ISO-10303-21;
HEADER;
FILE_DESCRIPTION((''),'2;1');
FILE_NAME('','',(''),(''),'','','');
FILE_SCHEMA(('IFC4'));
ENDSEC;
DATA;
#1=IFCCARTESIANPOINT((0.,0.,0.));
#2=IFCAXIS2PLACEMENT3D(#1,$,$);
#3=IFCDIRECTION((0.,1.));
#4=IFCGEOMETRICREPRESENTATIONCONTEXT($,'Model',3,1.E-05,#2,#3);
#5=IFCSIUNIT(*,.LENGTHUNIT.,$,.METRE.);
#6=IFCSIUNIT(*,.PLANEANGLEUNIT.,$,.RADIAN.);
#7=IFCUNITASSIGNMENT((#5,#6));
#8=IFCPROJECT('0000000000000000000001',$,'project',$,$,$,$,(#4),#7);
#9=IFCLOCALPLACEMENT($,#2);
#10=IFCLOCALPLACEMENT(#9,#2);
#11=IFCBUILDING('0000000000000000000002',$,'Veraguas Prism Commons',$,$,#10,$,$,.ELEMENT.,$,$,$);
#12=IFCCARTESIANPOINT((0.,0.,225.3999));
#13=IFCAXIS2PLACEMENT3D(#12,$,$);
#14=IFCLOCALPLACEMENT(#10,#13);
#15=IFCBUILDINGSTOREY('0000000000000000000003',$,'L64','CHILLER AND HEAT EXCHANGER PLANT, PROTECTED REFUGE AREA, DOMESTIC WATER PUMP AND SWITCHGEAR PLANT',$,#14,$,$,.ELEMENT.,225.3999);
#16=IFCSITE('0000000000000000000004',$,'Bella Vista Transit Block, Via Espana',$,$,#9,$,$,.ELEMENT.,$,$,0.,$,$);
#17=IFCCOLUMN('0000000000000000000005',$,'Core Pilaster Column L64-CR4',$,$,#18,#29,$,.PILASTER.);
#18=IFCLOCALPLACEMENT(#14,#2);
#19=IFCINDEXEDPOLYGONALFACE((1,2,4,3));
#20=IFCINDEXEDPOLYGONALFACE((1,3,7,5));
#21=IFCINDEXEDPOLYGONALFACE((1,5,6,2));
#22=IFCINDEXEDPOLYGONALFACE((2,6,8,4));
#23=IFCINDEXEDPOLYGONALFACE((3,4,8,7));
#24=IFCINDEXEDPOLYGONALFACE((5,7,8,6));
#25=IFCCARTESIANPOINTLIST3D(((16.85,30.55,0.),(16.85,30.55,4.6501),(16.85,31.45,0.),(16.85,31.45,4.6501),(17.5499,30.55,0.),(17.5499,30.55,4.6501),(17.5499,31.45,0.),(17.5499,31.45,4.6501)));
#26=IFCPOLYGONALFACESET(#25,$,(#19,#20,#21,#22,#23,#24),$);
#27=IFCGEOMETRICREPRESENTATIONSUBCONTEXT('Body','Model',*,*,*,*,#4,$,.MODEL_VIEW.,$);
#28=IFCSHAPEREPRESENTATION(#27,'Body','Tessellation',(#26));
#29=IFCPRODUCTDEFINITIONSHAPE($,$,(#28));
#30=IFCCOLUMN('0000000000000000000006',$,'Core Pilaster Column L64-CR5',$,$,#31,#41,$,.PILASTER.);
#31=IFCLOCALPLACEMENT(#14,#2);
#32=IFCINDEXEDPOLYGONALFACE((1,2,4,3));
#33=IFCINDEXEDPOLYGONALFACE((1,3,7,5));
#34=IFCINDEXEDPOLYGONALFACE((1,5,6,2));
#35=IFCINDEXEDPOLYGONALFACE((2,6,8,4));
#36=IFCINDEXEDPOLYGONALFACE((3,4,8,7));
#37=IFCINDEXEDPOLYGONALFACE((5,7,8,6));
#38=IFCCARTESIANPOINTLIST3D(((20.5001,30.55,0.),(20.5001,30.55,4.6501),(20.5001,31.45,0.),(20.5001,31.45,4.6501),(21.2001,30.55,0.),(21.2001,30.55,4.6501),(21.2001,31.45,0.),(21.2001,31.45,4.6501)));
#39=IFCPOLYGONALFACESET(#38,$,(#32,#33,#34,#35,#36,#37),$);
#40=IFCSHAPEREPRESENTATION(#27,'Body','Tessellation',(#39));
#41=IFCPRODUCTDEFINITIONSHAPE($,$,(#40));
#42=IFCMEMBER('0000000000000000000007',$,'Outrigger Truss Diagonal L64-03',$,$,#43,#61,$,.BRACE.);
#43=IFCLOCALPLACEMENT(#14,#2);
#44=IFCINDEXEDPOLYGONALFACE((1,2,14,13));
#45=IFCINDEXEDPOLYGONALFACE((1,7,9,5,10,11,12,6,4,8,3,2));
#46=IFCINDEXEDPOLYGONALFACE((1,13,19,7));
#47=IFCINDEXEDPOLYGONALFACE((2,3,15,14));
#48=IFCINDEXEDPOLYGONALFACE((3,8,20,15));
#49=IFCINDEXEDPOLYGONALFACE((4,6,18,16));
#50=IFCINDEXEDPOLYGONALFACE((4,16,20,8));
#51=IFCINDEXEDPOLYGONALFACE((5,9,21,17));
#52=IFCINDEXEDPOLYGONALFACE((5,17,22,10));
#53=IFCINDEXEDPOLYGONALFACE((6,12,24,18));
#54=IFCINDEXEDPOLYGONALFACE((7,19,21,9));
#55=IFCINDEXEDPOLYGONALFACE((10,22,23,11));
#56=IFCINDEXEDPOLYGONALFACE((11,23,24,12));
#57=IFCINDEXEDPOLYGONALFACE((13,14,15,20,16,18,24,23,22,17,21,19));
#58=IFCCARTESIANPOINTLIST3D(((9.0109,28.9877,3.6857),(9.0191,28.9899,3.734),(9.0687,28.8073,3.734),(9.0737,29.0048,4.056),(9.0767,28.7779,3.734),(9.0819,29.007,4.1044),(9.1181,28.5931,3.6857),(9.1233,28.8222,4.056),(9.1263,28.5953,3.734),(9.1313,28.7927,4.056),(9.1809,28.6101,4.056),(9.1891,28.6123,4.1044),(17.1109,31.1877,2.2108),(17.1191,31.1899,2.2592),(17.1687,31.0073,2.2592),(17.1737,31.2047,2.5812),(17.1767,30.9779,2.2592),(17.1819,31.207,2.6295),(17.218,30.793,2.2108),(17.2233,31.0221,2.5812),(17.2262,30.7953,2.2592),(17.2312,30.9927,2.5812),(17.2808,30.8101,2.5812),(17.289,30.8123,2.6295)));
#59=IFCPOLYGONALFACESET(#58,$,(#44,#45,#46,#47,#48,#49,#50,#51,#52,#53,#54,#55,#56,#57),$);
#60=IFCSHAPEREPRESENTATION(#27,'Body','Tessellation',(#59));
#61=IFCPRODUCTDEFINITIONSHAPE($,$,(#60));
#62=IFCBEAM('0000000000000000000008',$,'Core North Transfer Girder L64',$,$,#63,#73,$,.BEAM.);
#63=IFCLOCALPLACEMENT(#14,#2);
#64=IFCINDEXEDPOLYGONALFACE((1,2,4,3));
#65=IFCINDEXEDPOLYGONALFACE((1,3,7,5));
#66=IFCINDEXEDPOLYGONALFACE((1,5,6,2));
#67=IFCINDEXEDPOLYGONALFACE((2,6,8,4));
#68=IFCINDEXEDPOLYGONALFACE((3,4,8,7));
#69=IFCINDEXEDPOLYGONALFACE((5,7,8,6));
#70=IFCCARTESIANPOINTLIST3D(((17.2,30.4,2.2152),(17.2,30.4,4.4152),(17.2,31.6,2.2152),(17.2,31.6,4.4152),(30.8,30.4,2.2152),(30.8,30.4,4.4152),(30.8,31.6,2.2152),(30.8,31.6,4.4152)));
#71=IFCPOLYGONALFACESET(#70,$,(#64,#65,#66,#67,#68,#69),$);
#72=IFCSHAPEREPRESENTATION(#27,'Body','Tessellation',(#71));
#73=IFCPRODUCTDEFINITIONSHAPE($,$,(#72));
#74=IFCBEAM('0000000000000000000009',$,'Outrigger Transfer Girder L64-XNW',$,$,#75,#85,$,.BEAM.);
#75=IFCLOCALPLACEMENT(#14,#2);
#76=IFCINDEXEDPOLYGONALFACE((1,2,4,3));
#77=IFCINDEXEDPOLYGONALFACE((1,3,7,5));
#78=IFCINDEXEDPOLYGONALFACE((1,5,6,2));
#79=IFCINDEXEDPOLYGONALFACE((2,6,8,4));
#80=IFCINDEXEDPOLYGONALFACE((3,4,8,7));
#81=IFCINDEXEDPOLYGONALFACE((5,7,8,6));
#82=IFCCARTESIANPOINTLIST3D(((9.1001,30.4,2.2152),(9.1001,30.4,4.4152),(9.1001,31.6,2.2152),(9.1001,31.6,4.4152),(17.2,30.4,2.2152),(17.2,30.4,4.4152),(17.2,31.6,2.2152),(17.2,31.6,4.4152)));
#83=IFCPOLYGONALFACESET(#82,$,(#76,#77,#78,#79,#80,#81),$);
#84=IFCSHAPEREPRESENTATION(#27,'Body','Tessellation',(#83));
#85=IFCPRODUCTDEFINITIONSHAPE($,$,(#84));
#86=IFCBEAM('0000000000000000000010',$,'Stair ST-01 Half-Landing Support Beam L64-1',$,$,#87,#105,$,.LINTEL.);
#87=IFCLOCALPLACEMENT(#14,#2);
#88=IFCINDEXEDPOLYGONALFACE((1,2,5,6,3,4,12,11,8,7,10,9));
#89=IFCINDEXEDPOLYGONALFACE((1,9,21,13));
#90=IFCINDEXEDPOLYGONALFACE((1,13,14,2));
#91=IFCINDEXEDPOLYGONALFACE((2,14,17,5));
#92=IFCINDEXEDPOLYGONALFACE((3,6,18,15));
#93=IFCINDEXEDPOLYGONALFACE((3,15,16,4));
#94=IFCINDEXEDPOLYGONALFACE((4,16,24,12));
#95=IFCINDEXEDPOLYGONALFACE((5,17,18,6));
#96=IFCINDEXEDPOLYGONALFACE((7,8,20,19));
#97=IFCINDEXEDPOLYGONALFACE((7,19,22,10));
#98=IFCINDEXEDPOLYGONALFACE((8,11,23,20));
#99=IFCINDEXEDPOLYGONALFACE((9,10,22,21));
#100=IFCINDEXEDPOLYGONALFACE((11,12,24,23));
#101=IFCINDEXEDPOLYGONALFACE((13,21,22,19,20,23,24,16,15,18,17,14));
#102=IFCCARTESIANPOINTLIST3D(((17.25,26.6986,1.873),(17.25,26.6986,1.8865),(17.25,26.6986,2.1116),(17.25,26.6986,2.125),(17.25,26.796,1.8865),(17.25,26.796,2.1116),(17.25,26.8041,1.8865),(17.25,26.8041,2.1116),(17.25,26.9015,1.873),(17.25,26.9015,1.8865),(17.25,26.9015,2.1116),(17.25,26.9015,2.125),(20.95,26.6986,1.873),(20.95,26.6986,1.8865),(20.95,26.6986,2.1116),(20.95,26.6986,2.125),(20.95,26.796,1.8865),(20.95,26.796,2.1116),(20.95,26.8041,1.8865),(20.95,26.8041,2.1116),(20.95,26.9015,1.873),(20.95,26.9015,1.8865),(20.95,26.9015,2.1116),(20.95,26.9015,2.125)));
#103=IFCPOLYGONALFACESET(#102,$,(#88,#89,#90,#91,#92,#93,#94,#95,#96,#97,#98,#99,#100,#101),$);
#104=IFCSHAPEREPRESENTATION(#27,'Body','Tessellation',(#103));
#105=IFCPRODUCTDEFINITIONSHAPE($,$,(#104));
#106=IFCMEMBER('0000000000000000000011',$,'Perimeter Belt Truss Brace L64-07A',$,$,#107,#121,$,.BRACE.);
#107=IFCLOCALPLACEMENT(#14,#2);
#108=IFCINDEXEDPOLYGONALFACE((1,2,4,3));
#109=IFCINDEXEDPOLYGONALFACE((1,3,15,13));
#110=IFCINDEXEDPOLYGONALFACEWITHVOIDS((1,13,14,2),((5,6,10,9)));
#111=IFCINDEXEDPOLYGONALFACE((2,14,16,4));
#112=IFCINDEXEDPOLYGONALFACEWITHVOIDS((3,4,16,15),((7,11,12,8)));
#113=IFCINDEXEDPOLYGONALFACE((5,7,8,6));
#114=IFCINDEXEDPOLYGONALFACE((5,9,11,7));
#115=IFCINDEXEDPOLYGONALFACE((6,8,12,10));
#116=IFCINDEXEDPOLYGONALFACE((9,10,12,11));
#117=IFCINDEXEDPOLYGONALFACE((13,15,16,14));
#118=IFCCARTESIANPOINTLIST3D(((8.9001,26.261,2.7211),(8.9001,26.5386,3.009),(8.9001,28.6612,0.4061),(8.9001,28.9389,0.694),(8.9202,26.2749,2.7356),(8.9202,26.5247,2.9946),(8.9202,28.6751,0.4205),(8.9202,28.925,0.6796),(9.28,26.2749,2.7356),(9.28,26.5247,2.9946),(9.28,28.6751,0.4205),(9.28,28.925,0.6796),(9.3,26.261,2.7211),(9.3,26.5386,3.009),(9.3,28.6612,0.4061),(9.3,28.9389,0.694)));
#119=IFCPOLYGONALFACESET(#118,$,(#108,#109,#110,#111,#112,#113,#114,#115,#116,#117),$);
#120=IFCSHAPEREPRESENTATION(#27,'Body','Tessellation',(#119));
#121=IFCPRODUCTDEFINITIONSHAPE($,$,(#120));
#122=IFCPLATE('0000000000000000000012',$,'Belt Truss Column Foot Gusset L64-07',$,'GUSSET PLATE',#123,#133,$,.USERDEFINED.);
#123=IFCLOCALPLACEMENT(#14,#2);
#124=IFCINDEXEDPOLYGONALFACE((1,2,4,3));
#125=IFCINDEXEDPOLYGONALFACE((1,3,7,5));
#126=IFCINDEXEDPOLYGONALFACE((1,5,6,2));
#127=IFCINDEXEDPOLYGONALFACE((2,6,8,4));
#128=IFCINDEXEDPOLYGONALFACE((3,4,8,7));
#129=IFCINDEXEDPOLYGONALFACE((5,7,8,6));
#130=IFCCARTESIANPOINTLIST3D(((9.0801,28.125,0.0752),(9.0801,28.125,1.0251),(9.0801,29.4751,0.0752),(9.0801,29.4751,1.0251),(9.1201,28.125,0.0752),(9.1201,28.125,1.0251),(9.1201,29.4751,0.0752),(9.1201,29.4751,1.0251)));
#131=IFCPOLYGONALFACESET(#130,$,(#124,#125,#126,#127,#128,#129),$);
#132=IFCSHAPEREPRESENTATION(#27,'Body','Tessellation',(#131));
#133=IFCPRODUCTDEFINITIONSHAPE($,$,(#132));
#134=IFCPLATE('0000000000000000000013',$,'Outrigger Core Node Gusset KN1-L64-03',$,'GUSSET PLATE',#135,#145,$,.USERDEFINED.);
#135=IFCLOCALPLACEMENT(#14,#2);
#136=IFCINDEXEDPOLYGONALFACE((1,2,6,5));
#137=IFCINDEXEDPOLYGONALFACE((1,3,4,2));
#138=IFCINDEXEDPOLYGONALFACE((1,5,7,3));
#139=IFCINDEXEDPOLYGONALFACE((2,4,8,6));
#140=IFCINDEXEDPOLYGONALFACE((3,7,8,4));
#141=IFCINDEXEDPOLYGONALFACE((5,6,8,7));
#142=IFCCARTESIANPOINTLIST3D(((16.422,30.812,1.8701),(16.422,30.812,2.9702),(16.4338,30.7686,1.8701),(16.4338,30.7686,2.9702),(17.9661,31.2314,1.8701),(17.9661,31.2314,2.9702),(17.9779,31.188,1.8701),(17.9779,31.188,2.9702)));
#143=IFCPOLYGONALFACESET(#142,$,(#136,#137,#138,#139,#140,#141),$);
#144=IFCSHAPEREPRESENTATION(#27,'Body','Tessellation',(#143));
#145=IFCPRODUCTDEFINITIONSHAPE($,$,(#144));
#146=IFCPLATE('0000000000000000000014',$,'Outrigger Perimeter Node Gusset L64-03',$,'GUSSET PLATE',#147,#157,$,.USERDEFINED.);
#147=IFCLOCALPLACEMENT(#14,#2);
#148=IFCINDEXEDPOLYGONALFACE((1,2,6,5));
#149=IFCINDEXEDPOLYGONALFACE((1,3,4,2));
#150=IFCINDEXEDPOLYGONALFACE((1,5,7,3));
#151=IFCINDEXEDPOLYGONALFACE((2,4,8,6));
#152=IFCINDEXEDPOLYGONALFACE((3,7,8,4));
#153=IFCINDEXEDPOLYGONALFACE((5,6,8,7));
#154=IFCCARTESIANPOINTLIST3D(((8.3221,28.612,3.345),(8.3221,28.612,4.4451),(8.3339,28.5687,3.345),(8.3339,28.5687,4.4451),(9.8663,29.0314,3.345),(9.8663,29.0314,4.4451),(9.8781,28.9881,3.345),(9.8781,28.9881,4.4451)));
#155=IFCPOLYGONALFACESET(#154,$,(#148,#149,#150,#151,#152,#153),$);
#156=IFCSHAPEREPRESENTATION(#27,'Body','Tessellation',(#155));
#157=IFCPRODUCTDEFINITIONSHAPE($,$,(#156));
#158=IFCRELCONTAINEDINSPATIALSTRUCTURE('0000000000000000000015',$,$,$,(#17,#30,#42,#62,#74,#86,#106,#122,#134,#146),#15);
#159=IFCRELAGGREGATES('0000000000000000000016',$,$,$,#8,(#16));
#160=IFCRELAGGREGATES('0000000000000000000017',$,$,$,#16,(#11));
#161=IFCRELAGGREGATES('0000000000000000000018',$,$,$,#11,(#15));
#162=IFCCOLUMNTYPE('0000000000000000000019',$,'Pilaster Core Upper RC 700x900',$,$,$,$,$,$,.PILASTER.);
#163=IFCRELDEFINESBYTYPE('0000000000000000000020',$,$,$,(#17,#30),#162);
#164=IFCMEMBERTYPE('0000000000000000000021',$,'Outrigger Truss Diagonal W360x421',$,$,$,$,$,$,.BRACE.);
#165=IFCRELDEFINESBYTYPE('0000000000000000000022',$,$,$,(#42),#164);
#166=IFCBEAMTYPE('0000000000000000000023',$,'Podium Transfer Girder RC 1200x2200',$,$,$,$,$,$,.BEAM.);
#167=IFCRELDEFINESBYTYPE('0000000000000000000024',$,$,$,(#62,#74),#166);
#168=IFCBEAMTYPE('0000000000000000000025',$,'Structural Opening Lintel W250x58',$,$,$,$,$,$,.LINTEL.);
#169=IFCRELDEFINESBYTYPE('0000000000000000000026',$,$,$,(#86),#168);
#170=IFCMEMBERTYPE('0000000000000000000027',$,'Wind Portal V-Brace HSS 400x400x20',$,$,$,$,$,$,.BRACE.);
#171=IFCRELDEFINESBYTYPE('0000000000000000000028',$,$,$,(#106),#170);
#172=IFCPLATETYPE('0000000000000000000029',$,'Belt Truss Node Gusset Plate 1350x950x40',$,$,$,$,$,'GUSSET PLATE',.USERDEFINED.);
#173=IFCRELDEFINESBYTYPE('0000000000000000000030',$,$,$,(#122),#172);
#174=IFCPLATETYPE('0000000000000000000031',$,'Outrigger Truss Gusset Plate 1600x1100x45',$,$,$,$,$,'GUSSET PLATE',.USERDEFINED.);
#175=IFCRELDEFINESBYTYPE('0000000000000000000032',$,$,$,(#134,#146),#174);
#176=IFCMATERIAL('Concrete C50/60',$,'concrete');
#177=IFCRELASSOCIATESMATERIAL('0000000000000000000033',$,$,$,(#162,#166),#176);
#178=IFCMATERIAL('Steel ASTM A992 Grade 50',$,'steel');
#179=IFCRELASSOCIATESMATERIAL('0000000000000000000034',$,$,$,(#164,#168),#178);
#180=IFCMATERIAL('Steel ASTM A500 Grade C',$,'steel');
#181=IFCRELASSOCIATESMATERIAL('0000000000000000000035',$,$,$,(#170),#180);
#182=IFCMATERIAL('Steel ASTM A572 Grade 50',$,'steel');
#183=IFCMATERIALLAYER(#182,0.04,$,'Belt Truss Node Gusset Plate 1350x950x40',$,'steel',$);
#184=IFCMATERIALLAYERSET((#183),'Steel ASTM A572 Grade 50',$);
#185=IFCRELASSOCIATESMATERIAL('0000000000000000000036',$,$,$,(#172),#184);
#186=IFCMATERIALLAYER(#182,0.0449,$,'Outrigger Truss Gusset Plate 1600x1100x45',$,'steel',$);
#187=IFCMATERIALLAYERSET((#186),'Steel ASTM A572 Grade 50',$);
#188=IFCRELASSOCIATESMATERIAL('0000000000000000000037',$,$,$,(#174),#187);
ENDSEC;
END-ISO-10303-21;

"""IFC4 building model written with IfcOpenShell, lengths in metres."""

from ifc_helpers import new_model, si_unit, direction, frame, origin, origin_2d, place, context, subcontext, project, spatial, rectangle, hollow_rectangle, i_section, extrude, source, transform, mapped, material, layer, layer_set, material_profile, profile_set, type_object, element, save


model = new_model("IFC4")

# Units and contexts
model_context = context("Model", 3, precision=1e-05, world=origin(), true_north=direction((0.0, 1.0)))
body_context = subcontext(model_context, "Body", "Model", "MODEL_VIEW")
ifc_project = project(units=[si_unit("LENGTHUNIT", "METRE"), si_unit("PLANEANGLEUNIT", "RADIAN")], contexts=[model_context])

# Site, building, storey
site_placement = place(None, origin())
site = spatial("IfcSite", under=ifc_project, at=site_placement, Name="Bella Vista Transit Block, Via Espana", CompositionType="ELEMENT", RefElevation=0.0)
building_placement = place(site_placement, origin())
building = spatial("IfcBuilding", under=site, at=building_placement, Name="Veraguas Prism Commons", CompositionType="ELEMENT")
storey_placement = place(building_placement, frame((0.0, 0.0, 225.3999)))
storey = spatial("IfcBuildingStorey", under=building, at=storey_placement, Name="L64", Description="CHILLER AND HEAT EXCHANGER PLANT, PROTECTED REFUGE AREA, DOMESTIC WATER PUMP AND SWITCHGEAR PLANT", CompositionType="ELEMENT", Elevation=225.3999)

# Columns
ifc_material_1 = material(Name="Concrete C50/60", Category="concrete")
ifc_material_profile_1 = material_profile(ifc_material_1, rectangle(XDim=0.7, YDim=0.8999, at=origin_2d()), Name="RC700X900")
ifc_profile_set_1 = profile_set([ifc_material_profile_1], Name="Concrete C50/60")
column_type = type_object("IfcColumnType", Name="Pilaster Core Upper RC 700x900", PredefinedType="PILASTER", material=ifc_profile_set_1)
for number, where, z_axis, x_axis, name in (
    (1, (17.2, 31.0, 0.0), (0.0, 0.0, 1.0), (1.0, 0.0, 0.0), "Core Pilaster Column L64-CR4"),
    (2, (20.8501, 31.0, 0.0), (0.0, 0.0, 1.0), (1.0, 0.0, 0.0), "Core Pilaster Column L64-CR5"),
):
    element("IfcColumn", number, at=place(storey_placement, frame(where, z_axis=z_axis, x_axis=x_axis)), inside=storey, type_object=column_type, Name=name, PredefinedType="PILASTER", context=body_context, shape_type="SweptSolid", body=[
        extrude(rectangle(XDim=0.7, YDim=0.8999, at=origin_2d()), origin(), (0.0, 0.0, 1.0), 4.6501),
    ])

# Member
ifc_material_2 = material(Name="Steel ASTM A992 Grade 50", Category="steel")
ifc_material_profile_2 = material_profile(ifc_material_2, i_section(OverallWidth=0.4089, OverallDepth=0.425, WebThickness=0.0305, FlangeThickness=0.0491, at=origin_2d()), Name="W360X421")
ifc_profile_set_2 = profile_set([ifc_material_profile_2], Name="Steel ASTM A992 Grade 50")
member_type_1 = type_object("IfcMemberType", Name="Outrigger Truss Diagonal W360x421", PredefinedType="BRACE", material=ifc_profile_set_2)
member_1_placement = place(storey_placement, frame((17.2, 31.0, 2.4202), z_axis=(-0.950476, -0.258153, 0.173066), x_axis=(0.262108, -0.965039, 0.0)))
element("IfcMember", 3, at=member_1_placement, inside=storey, type_object=member_type_1, Name="Outrigger Truss Diagonal L64-03", PredefinedType="BRACE", context=body_context, shape_type="SweptSolid", body=[
    extrude(i_section(OverallWidth=0.4089, OverallDepth=0.425, WebThickness=0.0305, FlangeThickness=0.0491, at=origin_2d()), origin(), (0.0, 0.0, 1.0), 8.522),
])

# Beams
ifc_material_profile_3 = material_profile(ifc_material_1, rectangle(XDim=1.2, YDim=2.2, at=origin_2d()), Name="RC1200X2200")
ifc_profile_set_3 = profile_set([ifc_material_profile_3], Name="Concrete C50/60")
beam_type_1 = type_object("IfcBeamType", Name="Podium Transfer Girder RC 1200x2200", PredefinedType="BEAM", material=ifc_profile_set_3)
beam_1_placement = place(storey_placement, frame((17.2, 31.0, 3.3152), z_axis=(1.0, 0.0, 0.0), x_axis=(0.0, 1.0, 0.0)))
element("IfcBeam", 4, at=beam_1_placement, inside=storey, type_object=beam_type_1, Name="Core North Transfer Girder L64", PredefinedType="BEAM", context=body_context, shape_type="SweptSolid", body=[
    extrude(rectangle(XDim=1.2, YDim=2.2, at=origin_2d()), origin(), (0.0, 0.0, 1.0), 13.6001),
])
beam_2_placement = place(storey_placement, frame((9.1001, 31.0, 3.3152), z_axis=(1.0, 0.0, 0.0), x_axis=(0.0, 1.0, 0.0)))
element("IfcBeam", 5, at=beam_2_placement, inside=storey, type_object=beam_type_1, Name="Outrigger Transfer Girder L64-XNW", PredefinedType="BEAM", context=body_context, shape_type="SweptSolid", body=[
    extrude(rectangle(XDim=1.2, YDim=2.2, at=origin_2d()), origin(), (0.0, 0.0, 1.0), 8.0999),
])
ifc_material_profile_4 = material_profile(ifc_material_2, i_section(OverallWidth=0.2029, OverallDepth=0.252, WebThickness=0.0081, FlangeThickness=0.0134, at=origin_2d()), Name="W250X58")
ifc_profile_set_4 = profile_set([ifc_material_profile_4], Name="Steel ASTM A992 Grade 50")
beam_type_2 = type_object("IfcBeamType", Name="Structural Opening Lintel W250x58", PredefinedType="LINTEL", material=ifc_profile_set_4)
beam_3_placement = place(storey_placement, frame((17.25, 26.8, 1.999), z_axis=(1.0, 0.0, 0.0), x_axis=(0.0, 1.0, 0.0)))
element("IfcBeam", 6, at=beam_3_placement, inside=storey, type_object=beam_type_2, Name="Stair ST-01 Half-Landing Support Beam L64-1", PredefinedType="LINTEL", context=body_context, shape_type="SweptSolid", body=[
    extrude(i_section(OverallWidth=0.2029, OverallDepth=0.252, WebThickness=0.0081, FlangeThickness=0.0134, at=origin_2d()), origin(), (0.0, 0.0, 1.0), 3.7),
])

# Member
ifc_material_3 = material(Name="Steel ASTM A500 Grade C", Category="steel")
ifc_material_profile_5 = material_profile(ifc_material_3, hollow_rectangle(XDim=0.3999, YDim=0.3999, WallThickness=0.02, at=origin_2d()), Name="HSS400X400X20")
ifc_profile_set_5 = profile_set([ifc_material_profile_5], Name="Steel ASTM A500 Grade C")
member_type_2 = type_object("IfcMemberType", Name="Wind Portal V-Brace HSS 400x400x20", PredefinedType="BRACE", material=ifc_profile_set_5)
member_2_placement = place(storey_placement, frame((9.1001, 28.8, 0.55), z_axis=(0.0, -0.719767, 0.694216), x_axis=(1.0, 0.0, 0.0)))
element("IfcMember", 7, at=member_2_placement, inside=storey, type_object=member_type_2, Name="Perimeter Belt Truss Brace L64-07A", PredefinedType="BRACE", context=body_context, shape_type="SweptSolid", body=[
    extrude(hollow_rectangle(XDim=0.3999, YDim=0.3999, WallThickness=0.02, at=origin_2d()), origin(), (0.0, 0.0, 1.0), 3.3347),
])

# Plates
ifc_material_4 = material(Name="Steel ASTM A572 Grade 50", Category="steel")
ifc_layer_1 = layer(ifc_material_4, 0.04, Name="Belt Truss Node Gusset Plate 1350x950x40", Category="steel")
ifc_layer_set_1 = layer_set([ifc_layer_1], Name="Steel ASTM A572 Grade 50")
plate_type_1 = type_object("IfcPlateType", Name="Belt Truss Node Gusset Plate 1350x950x40", ElementType="GUSSET PLATE", PredefinedType="USERDEFINED", material=ifc_layer_set_1)
shared_shape_1 = source(origin(), body_context, "Body", "SweptSolid", [
    extrude(rectangle(XDim=1.3501, YDim=0.04, at=origin_2d()), origin(), (0.0, 0.0, 1.0), 0.95),
])
plate_placement = place(storey_placement, frame((9.1001, 28.8, 0.0752), z_axis=(0.0, 0.0, 1.0), x_axis=(0.0, -1.0, 0.0)))
element("IfcPlate", 8, at=plate_placement, inside=storey, type_object=plate_type_1, Name="Belt Truss Column Foot Gusset L64-07", ObjectType="GUSSET PLATE", PredefinedType="USERDEFINED", context=body_context, shape_type="MappedRepresentation", body=[
    mapped(shared_shape_1, transform((0.0, 0.0, 0.0), scale=1.0)),
])
ifc_layer_2 = layer(ifc_material_4, 0.0449, Name="Outrigger Truss Gusset Plate 1600x1100x45", Category="steel")
ifc_layer_set_2 = layer_set([ifc_layer_2], Name="Steel ASTM A572 Grade 50")
plate_type_2 = type_object("IfcPlateType", Name="Outrigger Truss Gusset Plate 1600x1100x45", ElementType="GUSSET PLATE", PredefinedType="USERDEFINED", material=ifc_layer_set_2)
shared_shape_2 = source(origin(), body_context, "Body", "SweptSolid", [
    extrude(rectangle(XDim=1.6001, YDim=0.0449, at=origin_2d()), origin(), (0.0, 0.0, 1.0), 1.1001),
])
for number, where, z_axis, x_axis, name in (
    (9, (17.2, 31.0, 1.8701), (0.0, 0.0, 1.0), (-0.965038, -0.262108, 0.0), "Outrigger Core Node Gusset KN1-L64-03"),
    (10, (9.1001, 28.8, 3.345), (0.0, 0.0, 1.0), (-0.965038, -0.262108, 0.0), "Outrigger Perimeter Node Gusset L64-03"),
):
    element("IfcPlate", number, at=place(storey_placement, frame(where, z_axis=z_axis, x_axis=x_axis)), inside=storey, type_object=plate_type_2, Name=name, ObjectType="GUSSET PLATE", PredefinedType="USERDEFINED", context=body_context, shape_type="MappedRepresentation", body=[
        mapped(shared_shape_2, transform((0.0, 0.0, 0.0), scale=1.0)),
    ])

save(model, "model.ifc")
